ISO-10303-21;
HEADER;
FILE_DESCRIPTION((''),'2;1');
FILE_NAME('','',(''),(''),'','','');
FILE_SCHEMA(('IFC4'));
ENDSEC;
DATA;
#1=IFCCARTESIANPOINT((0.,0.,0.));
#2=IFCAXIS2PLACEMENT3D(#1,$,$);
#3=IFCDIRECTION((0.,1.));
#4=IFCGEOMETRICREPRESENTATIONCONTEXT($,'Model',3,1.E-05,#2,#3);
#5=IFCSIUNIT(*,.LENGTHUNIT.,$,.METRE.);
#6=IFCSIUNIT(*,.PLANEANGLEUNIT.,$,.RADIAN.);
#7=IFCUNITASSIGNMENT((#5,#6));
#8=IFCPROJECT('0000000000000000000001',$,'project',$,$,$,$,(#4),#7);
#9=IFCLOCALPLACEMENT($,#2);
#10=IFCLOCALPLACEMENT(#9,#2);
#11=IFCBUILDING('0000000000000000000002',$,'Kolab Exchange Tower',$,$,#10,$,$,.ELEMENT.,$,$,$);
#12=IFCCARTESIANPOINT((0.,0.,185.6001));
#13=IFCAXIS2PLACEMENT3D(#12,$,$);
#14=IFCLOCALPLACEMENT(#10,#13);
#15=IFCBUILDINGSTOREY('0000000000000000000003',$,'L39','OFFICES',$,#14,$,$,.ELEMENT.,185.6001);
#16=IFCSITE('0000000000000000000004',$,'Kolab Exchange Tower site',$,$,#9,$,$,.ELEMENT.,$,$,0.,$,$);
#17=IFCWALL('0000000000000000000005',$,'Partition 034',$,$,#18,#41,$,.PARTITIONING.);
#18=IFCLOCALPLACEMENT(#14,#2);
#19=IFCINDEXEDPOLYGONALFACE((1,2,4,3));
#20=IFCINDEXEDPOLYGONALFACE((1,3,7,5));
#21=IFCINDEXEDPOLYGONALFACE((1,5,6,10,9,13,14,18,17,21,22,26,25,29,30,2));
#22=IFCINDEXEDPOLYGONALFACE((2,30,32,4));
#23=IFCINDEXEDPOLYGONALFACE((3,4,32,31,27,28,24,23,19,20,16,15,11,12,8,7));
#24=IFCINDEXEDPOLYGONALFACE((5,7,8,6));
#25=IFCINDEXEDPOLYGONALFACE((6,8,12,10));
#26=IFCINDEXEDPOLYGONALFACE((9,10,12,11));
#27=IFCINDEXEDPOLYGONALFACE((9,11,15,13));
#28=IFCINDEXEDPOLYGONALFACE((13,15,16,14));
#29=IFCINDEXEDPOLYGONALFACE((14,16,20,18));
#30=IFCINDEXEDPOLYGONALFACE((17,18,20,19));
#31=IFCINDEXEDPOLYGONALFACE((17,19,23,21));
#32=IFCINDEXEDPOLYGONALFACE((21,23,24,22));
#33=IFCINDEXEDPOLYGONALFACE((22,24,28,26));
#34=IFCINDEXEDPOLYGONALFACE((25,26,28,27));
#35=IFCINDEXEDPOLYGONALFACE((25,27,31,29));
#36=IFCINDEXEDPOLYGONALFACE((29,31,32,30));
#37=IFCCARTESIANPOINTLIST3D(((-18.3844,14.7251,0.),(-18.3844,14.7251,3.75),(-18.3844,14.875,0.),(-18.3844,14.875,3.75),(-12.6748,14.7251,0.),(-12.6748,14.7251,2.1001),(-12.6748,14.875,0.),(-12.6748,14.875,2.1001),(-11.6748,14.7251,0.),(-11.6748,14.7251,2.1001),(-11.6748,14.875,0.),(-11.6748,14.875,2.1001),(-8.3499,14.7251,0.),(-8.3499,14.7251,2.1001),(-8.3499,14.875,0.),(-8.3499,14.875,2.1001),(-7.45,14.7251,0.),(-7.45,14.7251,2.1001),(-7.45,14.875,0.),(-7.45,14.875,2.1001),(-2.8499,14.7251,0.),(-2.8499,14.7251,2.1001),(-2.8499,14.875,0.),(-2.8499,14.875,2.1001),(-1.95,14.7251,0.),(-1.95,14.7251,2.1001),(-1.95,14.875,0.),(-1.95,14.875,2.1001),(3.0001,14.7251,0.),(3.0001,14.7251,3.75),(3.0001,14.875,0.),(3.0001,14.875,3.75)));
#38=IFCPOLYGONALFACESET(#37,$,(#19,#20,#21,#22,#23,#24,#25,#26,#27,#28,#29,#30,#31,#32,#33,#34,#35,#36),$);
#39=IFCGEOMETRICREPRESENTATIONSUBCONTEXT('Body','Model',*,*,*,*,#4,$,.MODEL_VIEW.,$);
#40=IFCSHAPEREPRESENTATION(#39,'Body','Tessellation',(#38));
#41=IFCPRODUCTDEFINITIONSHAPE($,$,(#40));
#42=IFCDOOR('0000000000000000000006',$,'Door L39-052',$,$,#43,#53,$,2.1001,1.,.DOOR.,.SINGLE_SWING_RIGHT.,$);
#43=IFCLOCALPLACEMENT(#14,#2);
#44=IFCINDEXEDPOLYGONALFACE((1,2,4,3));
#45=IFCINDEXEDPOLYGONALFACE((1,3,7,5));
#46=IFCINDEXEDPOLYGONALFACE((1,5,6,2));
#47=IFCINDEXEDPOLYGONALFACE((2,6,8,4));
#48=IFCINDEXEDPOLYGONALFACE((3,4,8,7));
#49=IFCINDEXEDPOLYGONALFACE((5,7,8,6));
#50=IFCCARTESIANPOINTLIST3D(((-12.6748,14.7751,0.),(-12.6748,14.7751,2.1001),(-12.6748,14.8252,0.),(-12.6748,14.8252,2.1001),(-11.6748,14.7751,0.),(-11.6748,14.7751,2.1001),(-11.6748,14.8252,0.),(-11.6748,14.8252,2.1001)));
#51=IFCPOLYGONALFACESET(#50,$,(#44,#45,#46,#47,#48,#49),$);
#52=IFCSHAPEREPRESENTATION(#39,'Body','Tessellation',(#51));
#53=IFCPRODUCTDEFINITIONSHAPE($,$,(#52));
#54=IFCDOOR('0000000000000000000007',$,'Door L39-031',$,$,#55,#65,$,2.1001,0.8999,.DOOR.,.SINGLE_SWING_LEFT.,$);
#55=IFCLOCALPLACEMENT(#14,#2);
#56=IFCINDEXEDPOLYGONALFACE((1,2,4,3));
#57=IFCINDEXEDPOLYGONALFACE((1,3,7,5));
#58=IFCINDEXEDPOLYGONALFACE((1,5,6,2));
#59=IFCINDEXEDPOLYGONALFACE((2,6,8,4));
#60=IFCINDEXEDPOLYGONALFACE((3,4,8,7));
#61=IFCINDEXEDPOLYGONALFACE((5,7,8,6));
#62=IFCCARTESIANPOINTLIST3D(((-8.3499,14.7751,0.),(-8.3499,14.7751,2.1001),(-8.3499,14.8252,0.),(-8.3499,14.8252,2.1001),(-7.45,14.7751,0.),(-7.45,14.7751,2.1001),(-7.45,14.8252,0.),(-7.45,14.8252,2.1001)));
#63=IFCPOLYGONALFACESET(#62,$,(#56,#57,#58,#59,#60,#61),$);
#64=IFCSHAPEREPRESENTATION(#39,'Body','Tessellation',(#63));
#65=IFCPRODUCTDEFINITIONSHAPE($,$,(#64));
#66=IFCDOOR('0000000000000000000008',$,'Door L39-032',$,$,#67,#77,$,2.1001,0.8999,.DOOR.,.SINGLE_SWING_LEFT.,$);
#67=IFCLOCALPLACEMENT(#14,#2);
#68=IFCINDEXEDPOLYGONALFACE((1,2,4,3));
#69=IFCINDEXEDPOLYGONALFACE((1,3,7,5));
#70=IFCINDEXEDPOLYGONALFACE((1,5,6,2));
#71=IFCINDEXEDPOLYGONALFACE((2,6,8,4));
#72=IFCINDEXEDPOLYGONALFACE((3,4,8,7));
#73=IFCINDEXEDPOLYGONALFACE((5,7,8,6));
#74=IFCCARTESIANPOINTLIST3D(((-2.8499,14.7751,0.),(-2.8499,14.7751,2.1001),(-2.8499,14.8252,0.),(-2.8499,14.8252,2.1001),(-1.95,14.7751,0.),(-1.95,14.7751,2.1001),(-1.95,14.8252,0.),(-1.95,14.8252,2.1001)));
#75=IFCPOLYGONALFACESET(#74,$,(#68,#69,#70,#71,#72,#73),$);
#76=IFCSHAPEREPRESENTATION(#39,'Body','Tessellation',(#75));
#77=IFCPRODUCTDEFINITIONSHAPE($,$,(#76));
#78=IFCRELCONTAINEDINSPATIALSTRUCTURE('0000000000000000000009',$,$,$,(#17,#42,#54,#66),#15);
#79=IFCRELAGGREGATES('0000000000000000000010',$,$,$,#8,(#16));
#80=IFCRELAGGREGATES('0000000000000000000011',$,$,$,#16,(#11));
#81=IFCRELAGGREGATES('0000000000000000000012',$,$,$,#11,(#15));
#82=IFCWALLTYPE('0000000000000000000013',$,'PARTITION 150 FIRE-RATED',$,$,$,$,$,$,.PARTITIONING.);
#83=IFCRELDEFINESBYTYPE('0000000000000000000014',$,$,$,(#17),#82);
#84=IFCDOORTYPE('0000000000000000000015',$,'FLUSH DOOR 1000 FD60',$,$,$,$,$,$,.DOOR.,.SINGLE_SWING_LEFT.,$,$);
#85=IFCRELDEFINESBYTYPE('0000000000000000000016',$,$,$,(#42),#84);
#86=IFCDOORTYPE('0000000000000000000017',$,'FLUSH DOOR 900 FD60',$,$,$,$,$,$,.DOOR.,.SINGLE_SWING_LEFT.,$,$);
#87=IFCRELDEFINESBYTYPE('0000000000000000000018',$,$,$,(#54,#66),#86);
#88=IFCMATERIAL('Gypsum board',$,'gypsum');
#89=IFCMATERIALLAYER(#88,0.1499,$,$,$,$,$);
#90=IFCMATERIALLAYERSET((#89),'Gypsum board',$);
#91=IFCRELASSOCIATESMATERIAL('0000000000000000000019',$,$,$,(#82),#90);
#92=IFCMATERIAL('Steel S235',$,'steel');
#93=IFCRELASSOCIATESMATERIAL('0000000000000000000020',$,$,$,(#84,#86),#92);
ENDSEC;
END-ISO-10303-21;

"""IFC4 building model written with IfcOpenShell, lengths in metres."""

from ifc_helpers import new_model, si_unit, direction, frame, frame_2d, origin, place, context, subcontext, project, spatial, rectangle, extrude, material, layer, layer_set, type_object, element, fill, save


model = new_model("IFC4")

# Units and contexts
model_context = context("Model", 3, precision=1e-05, world=origin(), true_north=direction((0.0, 1.0)))
body_context = subcontext(model_context, "Body", "Model", "MODEL_VIEW")
ifc_project = project(units=[si_unit("LENGTHUNIT", "METRE"), si_unit("PLANEANGLEUNIT", "RADIAN")], contexts=[model_context])

# Site, building, storey
site_placement = place(None, origin())
site = spatial("IfcSite", under=ifc_project, at=site_placement, Name="Kolab Exchange Tower site", CompositionType="ELEMENT", RefElevation=0.0)
building_placement = place(site_placement, origin())
building = spatial("IfcBuilding", under=site, at=building_placement, Name="Kolab Exchange Tower", CompositionType="ELEMENT")
storey_placement = place(building_placement, frame((0.0, 0.0, 185.6001)))
storey = spatial("IfcBuildingStorey", under=building, at=storey_placement, Name="L39", Description="OFFICES", CompositionType="ELEMENT", Elevation=185.6001)

# Shared definitions
ifc_material_1 = material(Name="Gypsum board", Category="gypsum")

# Wall, openings, doors
ifc_layer_1 = layer(ifc_material_1, 0.1499)
ifc_layer_set_1 = layer_set([ifc_layer_1], Name="Gypsum board")
wall_type_1 = type_object("IfcWallType", Name="PARTITION 150 FIRE-RATED", PredefinedType="PARTITIONING", material=ifc_layer_set_1)
wall_1_placement = place(storey_placement, frame((-18.3845, 14.8, 0.0), z_axis=(0.0, 0.0, 1.0), x_axis=(1.0, 0.0, 0.0)))
wall_1 = element("IfcWall", 1, at=wall_1_placement, inside=storey, type_object=wall_type_1, Name="Partition 034", PredefinedType="PARTITIONING", context=body_context, shape_type="SweptSolid", body=[
    extrude(rectangle(XDim=21.3845, YDim=0.1499, at=frame_2d((10.6924, 0.0))), origin(), (0.0, 0.0, 1.0), 3.75),
])
opening_1_placement = place(wall_1_placement, frame((10.0347, 0.0, 0.0)))
opening_1 = element("IfcOpeningElement", 2, at=opening_1_placement, cuts=wall_1, PredefinedType="OPENING", context=body_context, shape_type="SweptSolid", body=[
    extrude(rectangle(XDim=0.8999, YDim=2.1001, at=frame_2d((0.45, 1.05))), frame((0.0, 0.085, 0.0), z_axis=(0.0, -1.0, 0.0), x_axis=(1.0, 0.0, 0.0)), (0.0, 0.0, 1.0), 0.1699),
])
opening_2_placement = place(wall_1_placement, frame((15.5347, 0.0, 0.0)))
opening_2 = element("IfcOpeningElement", 3, at=opening_2_placement, cuts=wall_1, PredefinedType="OPENING", context=body_context, shape_type="SweptSolid", body=[
    extrude(rectangle(XDim=0.8999, YDim=2.1001, at=frame_2d((0.45, 1.05))), frame((0.0, 0.085, 0.0), z_axis=(0.0, -1.0, 0.0), x_axis=(1.0, 0.0, 0.0)), (0.0, 0.0, 1.0), 0.1699),
])
opening_3_placement = place(wall_1_placement, frame((5.7097, 0.0, 0.0)))
opening_3 = element("IfcOpeningElement", 4, at=opening_3_placement, cuts=wall_1, PredefinedType="OPENING", context=body_context, shape_type="SweptSolid", body=[
    extrude(rectangle(XDim=1.0, YDim=2.1001, at=frame_2d((0.5, 1.05))), frame((0.0, 0.085, 0.0), z_axis=(0.0, -1.0, 0.0), x_axis=(1.0, 0.0, 0.0)), (0.0, 0.0, 1.0), 0.1699),
])
ifc_material_2 = material(Name="Steel S235", Category="steel")
door_type_1 = type_object("IfcDoorType", Name="FLUSH DOOR 1000 FD60", OperationType="SINGLE_SWING_LEFT", PredefinedType="DOOR", material=ifc_material_2)
door_1_placement = place(opening_3_placement, frame((1.0, 0.0, 0.0), z_axis=(0.0, 0.0, 1.0), x_axis=(-1.0, 0.0, 0.0)))
door_1 = element("IfcDoor", 5, at=door_1_placement, inside=storey, type_object=door_type_1, Name="Door L39-052", OperationType="SINGLE_SWING_RIGHT", OverallHeight=2.1001, OverallWidth=1.0, PredefinedType="DOOR", context=body_context, shape_type="SweptSolid", body=[
    extrude(rectangle(XDim=1.0, YDim=2.1001, at=frame_2d((0.5, 1.05))), frame((0.0, 0.0249, 0.0), z_axis=(0.0, -1.0, 0.0), x_axis=(1.0, 0.0, 0.0)), (0.0, 0.0, 1.0), 0.05),
])
fill(opening_3, door_1)
door_type_2 = type_object("IfcDoorType", Name="FLUSH DOOR 900 FD60", OperationType="SINGLE_SWING_LEFT", PredefinedType="DOOR", material=ifc_material_2)
door_2_placement = place(opening_1_placement, frame((0.8999, 0.0, 0.0), z_axis=(0.0, 0.0, 1.0), x_axis=(-1.0, 0.0, 0.0)))
door_2 = element("IfcDoor", 6, at=door_2_placement, inside=storey, type_object=door_type_2, Name="Door L39-031", OperationType="SINGLE_SWING_LEFT", OverallHeight=2.1001, OverallWidth=0.8999, PredefinedType="DOOR", context=body_context, shape_type="SweptSolid", body=[
    extrude(rectangle(XDim=0.8999, YDim=2.1001, at=frame_2d((0.45, 1.05))), frame((0.0, 0.0249, 0.0), z_axis=(0.0, -1.0, 0.0), x_axis=(1.0, 0.0, 0.0)), (0.0, 0.0, 1.0), 0.05),
])
fill(opening_1, door_2)
door_3_placement = place(opening_2_placement, frame((0.8999, 0.0, 0.0), z_axis=(0.0, 0.0, 1.0), x_axis=(-1.0, 0.0, 0.0)))
door_3 = element("IfcDoor", 7, at=door_3_placement, inside=storey, type_object=door_type_2, Name="Door L39-032", OperationType="SINGLE_SWING_LEFT", OverallHeight=2.1001, OverallWidth=0.8999, PredefinedType="DOOR", context=body_context, shape_type="SweptSolid", body=[
    extrude(rectangle(XDim=0.8999, YDim=2.1001, at=frame_2d((0.45, 1.05))), frame((0.0, 0.0249, 0.0), z_axis=(0.0, -1.0, 0.0), x_axis=(1.0, 0.0, 0.0)), (0.0, 0.0, 1.0), 0.05),
])
fill(opening_2, door_3)

save(model, "model.ifc")
